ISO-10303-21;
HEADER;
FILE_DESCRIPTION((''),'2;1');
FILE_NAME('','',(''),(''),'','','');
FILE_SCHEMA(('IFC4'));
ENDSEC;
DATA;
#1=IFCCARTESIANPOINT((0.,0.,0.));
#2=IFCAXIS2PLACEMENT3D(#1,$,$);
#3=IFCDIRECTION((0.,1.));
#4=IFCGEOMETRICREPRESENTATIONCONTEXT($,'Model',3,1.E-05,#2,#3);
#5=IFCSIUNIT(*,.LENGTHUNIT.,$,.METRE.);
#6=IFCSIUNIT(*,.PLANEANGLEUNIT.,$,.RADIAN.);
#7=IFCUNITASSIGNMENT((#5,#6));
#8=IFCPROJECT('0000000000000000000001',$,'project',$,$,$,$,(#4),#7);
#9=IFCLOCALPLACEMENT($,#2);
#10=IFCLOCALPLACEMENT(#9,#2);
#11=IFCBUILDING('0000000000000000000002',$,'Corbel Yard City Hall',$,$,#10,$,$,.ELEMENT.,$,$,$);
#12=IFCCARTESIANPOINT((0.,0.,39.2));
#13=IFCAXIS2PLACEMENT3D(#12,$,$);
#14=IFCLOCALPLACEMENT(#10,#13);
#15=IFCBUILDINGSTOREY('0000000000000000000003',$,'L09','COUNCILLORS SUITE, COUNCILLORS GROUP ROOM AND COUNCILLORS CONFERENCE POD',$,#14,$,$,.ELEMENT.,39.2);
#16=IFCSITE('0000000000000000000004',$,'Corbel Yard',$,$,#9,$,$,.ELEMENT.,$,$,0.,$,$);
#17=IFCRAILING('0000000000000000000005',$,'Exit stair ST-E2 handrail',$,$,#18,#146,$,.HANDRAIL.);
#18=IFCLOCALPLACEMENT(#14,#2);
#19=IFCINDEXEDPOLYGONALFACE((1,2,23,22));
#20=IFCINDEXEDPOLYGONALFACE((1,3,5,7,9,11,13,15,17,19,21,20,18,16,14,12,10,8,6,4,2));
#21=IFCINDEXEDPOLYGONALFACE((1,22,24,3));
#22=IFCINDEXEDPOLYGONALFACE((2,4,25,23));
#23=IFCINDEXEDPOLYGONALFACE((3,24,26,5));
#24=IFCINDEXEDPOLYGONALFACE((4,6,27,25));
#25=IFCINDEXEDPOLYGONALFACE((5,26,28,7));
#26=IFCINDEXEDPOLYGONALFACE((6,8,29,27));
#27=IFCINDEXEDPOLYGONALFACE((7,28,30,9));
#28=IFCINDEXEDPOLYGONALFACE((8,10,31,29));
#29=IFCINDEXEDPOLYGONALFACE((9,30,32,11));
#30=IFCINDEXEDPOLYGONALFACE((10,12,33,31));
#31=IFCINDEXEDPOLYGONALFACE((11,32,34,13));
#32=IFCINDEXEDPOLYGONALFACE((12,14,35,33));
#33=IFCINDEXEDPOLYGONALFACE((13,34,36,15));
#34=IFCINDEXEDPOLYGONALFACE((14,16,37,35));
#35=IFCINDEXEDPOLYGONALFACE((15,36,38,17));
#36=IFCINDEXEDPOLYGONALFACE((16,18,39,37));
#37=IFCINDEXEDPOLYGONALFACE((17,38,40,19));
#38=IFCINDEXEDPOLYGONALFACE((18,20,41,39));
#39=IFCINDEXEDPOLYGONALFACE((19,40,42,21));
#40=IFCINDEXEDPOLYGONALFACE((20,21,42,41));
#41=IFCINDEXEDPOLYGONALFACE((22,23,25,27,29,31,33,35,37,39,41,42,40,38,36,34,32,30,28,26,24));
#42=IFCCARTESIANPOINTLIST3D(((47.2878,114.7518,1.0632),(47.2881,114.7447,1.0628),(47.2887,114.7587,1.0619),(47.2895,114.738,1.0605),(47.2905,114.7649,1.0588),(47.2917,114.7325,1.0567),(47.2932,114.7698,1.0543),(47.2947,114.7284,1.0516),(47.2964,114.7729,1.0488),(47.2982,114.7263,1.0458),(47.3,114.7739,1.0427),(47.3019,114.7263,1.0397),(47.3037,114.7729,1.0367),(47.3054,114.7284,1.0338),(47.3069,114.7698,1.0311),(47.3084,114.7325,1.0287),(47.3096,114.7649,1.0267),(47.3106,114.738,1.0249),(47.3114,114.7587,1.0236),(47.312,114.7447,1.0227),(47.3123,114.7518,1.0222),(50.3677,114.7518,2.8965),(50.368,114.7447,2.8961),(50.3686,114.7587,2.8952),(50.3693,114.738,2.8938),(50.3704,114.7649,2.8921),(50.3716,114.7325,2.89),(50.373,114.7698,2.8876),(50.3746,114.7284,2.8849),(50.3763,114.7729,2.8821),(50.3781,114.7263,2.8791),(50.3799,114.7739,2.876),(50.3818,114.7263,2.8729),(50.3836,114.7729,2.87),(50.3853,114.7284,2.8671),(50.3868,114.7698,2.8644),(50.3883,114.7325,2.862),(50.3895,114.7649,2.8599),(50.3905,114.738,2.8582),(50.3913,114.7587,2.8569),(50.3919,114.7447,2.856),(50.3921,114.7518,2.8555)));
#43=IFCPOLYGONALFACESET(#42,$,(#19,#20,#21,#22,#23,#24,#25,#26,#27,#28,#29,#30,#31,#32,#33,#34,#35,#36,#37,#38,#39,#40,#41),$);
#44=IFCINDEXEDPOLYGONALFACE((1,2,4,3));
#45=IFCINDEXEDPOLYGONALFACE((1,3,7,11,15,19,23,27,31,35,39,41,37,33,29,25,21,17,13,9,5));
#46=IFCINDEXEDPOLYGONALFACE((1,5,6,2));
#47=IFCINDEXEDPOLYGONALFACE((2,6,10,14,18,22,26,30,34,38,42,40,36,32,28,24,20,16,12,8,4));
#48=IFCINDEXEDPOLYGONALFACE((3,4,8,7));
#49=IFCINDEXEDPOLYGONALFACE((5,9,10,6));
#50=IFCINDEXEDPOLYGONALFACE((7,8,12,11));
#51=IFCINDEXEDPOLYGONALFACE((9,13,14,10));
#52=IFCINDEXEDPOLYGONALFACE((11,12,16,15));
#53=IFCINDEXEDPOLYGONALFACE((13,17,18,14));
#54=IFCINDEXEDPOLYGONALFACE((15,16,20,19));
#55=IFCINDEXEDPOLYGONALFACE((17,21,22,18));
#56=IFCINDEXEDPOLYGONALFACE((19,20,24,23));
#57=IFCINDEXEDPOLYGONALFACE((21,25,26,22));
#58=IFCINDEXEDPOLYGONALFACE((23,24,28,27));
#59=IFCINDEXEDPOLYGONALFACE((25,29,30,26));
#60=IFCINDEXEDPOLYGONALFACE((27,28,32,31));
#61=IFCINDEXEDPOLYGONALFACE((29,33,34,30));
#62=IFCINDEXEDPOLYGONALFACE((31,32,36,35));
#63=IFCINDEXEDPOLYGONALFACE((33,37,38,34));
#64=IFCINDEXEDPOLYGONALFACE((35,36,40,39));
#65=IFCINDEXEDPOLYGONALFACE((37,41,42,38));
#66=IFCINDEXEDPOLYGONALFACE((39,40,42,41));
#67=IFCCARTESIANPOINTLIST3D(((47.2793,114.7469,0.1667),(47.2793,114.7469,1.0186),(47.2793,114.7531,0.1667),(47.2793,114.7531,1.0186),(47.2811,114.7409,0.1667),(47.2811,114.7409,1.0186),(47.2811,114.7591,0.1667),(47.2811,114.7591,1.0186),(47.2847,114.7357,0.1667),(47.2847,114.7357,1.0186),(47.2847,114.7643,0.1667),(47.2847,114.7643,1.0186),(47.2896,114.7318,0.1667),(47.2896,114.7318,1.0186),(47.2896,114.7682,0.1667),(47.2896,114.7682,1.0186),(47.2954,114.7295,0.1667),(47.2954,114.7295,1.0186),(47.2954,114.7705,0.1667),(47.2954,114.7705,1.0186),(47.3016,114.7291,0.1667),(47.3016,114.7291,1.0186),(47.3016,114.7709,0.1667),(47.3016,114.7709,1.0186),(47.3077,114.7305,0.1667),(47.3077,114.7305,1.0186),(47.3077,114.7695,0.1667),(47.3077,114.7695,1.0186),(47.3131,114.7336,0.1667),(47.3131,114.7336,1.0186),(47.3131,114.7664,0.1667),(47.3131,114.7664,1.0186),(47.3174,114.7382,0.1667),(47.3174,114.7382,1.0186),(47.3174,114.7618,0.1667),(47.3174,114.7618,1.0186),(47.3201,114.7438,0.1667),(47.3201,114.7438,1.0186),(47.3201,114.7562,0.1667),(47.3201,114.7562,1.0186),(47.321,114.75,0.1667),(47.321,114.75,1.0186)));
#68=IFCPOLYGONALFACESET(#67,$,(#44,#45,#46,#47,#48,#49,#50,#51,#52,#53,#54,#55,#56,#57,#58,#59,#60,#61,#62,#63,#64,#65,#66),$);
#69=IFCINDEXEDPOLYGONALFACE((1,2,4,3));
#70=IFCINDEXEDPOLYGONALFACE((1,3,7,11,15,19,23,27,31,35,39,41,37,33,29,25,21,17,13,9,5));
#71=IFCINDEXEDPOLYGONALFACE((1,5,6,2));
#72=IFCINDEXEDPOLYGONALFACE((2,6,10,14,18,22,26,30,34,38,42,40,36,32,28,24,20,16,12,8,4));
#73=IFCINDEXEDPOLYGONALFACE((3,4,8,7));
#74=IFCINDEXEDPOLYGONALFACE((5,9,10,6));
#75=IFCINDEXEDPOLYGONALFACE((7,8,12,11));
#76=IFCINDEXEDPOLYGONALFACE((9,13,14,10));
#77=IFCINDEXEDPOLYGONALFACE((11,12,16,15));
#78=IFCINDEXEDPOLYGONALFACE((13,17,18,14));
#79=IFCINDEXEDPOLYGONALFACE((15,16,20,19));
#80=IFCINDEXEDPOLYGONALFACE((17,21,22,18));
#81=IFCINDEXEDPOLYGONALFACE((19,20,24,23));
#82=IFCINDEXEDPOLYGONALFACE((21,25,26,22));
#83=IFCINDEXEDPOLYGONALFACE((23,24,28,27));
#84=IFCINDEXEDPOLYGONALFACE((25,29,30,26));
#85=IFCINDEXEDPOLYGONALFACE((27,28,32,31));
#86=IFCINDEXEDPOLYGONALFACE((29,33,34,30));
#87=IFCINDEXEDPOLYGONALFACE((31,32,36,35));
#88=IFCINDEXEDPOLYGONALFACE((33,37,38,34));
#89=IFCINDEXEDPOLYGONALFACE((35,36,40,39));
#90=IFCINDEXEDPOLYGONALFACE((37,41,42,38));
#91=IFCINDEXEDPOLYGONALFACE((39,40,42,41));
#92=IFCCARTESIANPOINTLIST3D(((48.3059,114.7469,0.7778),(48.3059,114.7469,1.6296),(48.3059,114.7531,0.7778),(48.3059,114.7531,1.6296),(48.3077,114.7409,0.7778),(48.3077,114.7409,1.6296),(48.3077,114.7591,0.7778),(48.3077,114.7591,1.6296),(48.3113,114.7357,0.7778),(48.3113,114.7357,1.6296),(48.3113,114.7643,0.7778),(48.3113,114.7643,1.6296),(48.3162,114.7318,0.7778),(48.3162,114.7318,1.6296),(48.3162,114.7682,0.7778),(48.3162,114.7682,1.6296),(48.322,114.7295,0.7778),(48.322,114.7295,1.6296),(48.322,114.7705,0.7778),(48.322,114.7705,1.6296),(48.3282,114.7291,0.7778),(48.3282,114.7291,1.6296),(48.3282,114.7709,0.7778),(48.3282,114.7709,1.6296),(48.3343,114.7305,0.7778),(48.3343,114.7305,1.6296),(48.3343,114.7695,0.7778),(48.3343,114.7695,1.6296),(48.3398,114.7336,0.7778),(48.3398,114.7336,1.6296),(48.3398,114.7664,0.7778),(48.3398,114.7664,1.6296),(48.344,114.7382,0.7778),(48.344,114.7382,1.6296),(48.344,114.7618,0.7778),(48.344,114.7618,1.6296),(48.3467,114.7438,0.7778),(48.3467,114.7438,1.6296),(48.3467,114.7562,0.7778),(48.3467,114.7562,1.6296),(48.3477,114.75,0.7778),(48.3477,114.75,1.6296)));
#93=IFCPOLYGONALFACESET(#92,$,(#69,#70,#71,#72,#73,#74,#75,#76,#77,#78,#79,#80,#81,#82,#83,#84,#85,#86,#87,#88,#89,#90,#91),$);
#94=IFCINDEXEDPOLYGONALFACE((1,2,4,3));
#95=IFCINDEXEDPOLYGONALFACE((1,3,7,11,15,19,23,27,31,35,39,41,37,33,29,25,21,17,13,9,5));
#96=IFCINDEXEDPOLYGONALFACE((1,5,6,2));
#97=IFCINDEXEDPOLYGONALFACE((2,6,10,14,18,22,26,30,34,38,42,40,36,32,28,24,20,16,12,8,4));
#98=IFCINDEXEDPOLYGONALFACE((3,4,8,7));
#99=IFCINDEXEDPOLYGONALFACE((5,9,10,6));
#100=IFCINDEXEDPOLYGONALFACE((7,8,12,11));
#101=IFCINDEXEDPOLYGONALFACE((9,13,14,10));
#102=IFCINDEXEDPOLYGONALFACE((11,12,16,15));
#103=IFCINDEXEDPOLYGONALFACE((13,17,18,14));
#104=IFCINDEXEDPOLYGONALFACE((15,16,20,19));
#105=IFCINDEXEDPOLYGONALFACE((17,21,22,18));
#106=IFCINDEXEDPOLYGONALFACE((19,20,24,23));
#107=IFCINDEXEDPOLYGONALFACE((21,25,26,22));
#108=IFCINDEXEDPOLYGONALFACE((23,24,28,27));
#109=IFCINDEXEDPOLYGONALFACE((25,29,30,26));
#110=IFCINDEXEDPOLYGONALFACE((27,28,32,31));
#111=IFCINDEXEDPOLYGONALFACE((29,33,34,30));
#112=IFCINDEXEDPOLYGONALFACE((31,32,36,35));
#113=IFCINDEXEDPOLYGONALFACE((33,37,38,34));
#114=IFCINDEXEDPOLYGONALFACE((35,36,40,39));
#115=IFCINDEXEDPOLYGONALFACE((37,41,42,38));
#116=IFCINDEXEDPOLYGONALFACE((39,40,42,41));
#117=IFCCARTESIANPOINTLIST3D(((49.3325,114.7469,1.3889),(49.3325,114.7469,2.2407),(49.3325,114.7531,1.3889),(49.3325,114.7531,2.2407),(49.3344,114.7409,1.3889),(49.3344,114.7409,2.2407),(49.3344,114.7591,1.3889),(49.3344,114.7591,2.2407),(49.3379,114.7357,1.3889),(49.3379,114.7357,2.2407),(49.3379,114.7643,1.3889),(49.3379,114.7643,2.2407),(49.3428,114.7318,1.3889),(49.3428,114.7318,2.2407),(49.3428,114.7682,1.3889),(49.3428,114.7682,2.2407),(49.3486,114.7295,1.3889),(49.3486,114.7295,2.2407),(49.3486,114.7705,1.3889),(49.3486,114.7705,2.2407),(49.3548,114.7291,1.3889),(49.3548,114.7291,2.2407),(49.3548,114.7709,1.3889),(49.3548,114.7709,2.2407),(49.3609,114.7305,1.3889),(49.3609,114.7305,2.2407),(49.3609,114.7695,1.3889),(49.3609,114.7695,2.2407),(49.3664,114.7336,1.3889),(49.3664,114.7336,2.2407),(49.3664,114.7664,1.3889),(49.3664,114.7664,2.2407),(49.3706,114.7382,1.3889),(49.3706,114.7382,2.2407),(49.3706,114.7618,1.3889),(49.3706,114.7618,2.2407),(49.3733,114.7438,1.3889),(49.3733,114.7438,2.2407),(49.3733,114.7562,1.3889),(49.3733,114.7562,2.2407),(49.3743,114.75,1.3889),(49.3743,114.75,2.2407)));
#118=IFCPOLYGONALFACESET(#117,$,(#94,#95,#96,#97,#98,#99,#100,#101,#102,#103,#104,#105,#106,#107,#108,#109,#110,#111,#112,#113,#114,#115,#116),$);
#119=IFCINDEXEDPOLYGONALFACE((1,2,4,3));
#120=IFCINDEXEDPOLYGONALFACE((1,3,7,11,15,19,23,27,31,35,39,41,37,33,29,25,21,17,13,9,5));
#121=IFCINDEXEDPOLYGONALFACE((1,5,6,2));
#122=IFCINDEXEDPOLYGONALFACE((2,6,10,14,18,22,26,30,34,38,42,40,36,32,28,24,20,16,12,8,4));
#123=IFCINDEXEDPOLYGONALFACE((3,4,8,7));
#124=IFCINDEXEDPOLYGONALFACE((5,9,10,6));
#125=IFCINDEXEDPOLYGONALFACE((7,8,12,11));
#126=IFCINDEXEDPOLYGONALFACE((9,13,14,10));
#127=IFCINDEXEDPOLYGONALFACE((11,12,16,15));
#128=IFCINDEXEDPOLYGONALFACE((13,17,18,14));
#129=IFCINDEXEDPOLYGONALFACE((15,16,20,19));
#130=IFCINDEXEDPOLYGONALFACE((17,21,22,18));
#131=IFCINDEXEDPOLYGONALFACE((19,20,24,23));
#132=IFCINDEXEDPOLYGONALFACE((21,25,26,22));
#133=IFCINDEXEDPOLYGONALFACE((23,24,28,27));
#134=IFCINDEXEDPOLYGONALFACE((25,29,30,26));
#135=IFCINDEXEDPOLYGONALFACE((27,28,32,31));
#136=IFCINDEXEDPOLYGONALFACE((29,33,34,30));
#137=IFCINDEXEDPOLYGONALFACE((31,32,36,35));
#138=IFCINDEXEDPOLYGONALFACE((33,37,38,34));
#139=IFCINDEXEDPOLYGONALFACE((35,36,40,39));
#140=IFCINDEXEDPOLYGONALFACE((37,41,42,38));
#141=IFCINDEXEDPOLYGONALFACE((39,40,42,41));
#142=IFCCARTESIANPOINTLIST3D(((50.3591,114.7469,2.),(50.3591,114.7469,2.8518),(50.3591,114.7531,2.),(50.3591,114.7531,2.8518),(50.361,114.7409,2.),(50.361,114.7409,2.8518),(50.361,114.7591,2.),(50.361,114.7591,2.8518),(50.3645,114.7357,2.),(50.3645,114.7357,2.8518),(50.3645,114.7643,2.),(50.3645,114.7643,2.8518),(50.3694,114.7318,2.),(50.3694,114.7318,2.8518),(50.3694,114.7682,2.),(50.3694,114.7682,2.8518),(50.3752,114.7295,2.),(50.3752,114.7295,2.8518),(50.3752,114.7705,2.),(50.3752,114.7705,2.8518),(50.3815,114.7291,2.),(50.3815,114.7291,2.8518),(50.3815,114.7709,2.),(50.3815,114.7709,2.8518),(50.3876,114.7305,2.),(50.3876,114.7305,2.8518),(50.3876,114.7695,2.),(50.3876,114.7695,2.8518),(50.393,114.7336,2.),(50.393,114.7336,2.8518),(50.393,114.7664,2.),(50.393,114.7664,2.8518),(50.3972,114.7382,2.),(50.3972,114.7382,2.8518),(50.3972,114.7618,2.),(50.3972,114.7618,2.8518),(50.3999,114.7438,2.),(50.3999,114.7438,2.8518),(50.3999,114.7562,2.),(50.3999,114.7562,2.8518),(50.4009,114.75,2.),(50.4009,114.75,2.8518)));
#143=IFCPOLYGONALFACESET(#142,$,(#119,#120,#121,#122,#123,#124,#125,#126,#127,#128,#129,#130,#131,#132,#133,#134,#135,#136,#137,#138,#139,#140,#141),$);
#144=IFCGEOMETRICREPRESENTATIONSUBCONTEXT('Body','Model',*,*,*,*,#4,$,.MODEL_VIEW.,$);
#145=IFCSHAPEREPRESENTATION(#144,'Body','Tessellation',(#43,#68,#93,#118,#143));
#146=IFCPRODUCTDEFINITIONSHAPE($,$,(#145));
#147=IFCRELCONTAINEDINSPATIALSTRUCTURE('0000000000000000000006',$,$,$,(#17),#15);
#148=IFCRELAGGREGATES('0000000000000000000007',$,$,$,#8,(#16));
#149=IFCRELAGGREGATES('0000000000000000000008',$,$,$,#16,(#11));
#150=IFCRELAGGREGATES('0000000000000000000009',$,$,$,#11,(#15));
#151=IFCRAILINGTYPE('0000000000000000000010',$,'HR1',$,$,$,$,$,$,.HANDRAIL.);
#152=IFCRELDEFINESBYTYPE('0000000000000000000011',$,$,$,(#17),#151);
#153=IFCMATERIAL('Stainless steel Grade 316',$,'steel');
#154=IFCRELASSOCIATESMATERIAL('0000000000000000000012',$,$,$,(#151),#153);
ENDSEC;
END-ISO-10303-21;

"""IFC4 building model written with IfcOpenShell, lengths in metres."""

from ifc_helpers import new_model, si_unit, direction, frame, origin, origin_2d, place, context, subcontext, project, spatial, circle, extrude, material, type_object, element, save


model = new_model("IFC4")

# Units and contexts
model_context = context("Model", 3, precision=1e-05, world=origin(), true_north=direction((0.0, 1.0)))
body_context = subcontext(model_context, "Body", "Model", "MODEL_VIEW")
ifc_project = project(units=[si_unit("LENGTHUNIT", "METRE"), si_unit("PLANEANGLEUNIT", "RADIAN")], contexts=[model_context])

# Site, building, storey
site_placement = place(None, origin())
site = spatial("IfcSite", under=ifc_project, at=site_placement, Name="Corbel Yard", CompositionType="ELEMENT", RefElevation=0.0)
building_placement = place(site_placement, origin())
building = spatial("IfcBuilding", under=site, at=building_placement, Name="Corbel Yard City Hall", CompositionType="ELEMENT")
storey_placement = place(building_placement, frame((0.0, 0.0, 39.2)))
storey = spatial("IfcBuildingStorey", under=building, at=storey_placement, Name="L09", Description="COUNCILLORS SUITE, COUNCILLORS GROUP ROOM AND COUNCILLORS CONFERENCE POD", CompositionType="ELEMENT", Elevation=39.2)

# Shared definitions
ifc_material_1 = material(Name="Stainless steel Grade 316", Category="steel")

# Railing
railing_type = type_object("IfcRailingType", Name="HR1", PredefinedType="HANDRAIL", material=ifc_material_1)
for number, where, name in (
    (1, (47.3, 114.75, 0.1667), "Exit stair ST-E2 handrail"),
):
    element("IfcRailing", number, at=place(storey_placement, frame(where)), inside=storey, type_object=railing_type, Name=name, PredefinedType="HANDRAIL", context=body_context, shape_type="SweptSolid", body=[
        extrude(circle(Radius=0.0239, at=origin_2d()), frame((0.0, 0.0, 0.876), z_axis=(0.859291, 0.0, 0.511487), x_axis=(0.0, 1.0, 0.0)), (0.0, 0.0, 1.0), 3.5842),
        extrude(circle(Radius=0.021, at=origin_2d()), origin(), (0.0, 0.0, 1.0), 0.8518),
        extrude(circle(Radius=0.021, at=origin_2d()), frame((1.0266, 0.0, 0.6111)), (0.0, 0.0, 1.0), 0.8518),
        extrude(circle(Radius=0.021, at=origin_2d()), frame((2.0532, 0.0, 1.2222)), (0.0, 0.0, 1.0), 0.8518),
        extrude(circle(Radius=0.021, at=origin_2d()), frame((3.0798, 0.0, 1.8333)), (0.0, 0.0, 1.0), 0.8518),
    ])

save(model, "model.ifc")
